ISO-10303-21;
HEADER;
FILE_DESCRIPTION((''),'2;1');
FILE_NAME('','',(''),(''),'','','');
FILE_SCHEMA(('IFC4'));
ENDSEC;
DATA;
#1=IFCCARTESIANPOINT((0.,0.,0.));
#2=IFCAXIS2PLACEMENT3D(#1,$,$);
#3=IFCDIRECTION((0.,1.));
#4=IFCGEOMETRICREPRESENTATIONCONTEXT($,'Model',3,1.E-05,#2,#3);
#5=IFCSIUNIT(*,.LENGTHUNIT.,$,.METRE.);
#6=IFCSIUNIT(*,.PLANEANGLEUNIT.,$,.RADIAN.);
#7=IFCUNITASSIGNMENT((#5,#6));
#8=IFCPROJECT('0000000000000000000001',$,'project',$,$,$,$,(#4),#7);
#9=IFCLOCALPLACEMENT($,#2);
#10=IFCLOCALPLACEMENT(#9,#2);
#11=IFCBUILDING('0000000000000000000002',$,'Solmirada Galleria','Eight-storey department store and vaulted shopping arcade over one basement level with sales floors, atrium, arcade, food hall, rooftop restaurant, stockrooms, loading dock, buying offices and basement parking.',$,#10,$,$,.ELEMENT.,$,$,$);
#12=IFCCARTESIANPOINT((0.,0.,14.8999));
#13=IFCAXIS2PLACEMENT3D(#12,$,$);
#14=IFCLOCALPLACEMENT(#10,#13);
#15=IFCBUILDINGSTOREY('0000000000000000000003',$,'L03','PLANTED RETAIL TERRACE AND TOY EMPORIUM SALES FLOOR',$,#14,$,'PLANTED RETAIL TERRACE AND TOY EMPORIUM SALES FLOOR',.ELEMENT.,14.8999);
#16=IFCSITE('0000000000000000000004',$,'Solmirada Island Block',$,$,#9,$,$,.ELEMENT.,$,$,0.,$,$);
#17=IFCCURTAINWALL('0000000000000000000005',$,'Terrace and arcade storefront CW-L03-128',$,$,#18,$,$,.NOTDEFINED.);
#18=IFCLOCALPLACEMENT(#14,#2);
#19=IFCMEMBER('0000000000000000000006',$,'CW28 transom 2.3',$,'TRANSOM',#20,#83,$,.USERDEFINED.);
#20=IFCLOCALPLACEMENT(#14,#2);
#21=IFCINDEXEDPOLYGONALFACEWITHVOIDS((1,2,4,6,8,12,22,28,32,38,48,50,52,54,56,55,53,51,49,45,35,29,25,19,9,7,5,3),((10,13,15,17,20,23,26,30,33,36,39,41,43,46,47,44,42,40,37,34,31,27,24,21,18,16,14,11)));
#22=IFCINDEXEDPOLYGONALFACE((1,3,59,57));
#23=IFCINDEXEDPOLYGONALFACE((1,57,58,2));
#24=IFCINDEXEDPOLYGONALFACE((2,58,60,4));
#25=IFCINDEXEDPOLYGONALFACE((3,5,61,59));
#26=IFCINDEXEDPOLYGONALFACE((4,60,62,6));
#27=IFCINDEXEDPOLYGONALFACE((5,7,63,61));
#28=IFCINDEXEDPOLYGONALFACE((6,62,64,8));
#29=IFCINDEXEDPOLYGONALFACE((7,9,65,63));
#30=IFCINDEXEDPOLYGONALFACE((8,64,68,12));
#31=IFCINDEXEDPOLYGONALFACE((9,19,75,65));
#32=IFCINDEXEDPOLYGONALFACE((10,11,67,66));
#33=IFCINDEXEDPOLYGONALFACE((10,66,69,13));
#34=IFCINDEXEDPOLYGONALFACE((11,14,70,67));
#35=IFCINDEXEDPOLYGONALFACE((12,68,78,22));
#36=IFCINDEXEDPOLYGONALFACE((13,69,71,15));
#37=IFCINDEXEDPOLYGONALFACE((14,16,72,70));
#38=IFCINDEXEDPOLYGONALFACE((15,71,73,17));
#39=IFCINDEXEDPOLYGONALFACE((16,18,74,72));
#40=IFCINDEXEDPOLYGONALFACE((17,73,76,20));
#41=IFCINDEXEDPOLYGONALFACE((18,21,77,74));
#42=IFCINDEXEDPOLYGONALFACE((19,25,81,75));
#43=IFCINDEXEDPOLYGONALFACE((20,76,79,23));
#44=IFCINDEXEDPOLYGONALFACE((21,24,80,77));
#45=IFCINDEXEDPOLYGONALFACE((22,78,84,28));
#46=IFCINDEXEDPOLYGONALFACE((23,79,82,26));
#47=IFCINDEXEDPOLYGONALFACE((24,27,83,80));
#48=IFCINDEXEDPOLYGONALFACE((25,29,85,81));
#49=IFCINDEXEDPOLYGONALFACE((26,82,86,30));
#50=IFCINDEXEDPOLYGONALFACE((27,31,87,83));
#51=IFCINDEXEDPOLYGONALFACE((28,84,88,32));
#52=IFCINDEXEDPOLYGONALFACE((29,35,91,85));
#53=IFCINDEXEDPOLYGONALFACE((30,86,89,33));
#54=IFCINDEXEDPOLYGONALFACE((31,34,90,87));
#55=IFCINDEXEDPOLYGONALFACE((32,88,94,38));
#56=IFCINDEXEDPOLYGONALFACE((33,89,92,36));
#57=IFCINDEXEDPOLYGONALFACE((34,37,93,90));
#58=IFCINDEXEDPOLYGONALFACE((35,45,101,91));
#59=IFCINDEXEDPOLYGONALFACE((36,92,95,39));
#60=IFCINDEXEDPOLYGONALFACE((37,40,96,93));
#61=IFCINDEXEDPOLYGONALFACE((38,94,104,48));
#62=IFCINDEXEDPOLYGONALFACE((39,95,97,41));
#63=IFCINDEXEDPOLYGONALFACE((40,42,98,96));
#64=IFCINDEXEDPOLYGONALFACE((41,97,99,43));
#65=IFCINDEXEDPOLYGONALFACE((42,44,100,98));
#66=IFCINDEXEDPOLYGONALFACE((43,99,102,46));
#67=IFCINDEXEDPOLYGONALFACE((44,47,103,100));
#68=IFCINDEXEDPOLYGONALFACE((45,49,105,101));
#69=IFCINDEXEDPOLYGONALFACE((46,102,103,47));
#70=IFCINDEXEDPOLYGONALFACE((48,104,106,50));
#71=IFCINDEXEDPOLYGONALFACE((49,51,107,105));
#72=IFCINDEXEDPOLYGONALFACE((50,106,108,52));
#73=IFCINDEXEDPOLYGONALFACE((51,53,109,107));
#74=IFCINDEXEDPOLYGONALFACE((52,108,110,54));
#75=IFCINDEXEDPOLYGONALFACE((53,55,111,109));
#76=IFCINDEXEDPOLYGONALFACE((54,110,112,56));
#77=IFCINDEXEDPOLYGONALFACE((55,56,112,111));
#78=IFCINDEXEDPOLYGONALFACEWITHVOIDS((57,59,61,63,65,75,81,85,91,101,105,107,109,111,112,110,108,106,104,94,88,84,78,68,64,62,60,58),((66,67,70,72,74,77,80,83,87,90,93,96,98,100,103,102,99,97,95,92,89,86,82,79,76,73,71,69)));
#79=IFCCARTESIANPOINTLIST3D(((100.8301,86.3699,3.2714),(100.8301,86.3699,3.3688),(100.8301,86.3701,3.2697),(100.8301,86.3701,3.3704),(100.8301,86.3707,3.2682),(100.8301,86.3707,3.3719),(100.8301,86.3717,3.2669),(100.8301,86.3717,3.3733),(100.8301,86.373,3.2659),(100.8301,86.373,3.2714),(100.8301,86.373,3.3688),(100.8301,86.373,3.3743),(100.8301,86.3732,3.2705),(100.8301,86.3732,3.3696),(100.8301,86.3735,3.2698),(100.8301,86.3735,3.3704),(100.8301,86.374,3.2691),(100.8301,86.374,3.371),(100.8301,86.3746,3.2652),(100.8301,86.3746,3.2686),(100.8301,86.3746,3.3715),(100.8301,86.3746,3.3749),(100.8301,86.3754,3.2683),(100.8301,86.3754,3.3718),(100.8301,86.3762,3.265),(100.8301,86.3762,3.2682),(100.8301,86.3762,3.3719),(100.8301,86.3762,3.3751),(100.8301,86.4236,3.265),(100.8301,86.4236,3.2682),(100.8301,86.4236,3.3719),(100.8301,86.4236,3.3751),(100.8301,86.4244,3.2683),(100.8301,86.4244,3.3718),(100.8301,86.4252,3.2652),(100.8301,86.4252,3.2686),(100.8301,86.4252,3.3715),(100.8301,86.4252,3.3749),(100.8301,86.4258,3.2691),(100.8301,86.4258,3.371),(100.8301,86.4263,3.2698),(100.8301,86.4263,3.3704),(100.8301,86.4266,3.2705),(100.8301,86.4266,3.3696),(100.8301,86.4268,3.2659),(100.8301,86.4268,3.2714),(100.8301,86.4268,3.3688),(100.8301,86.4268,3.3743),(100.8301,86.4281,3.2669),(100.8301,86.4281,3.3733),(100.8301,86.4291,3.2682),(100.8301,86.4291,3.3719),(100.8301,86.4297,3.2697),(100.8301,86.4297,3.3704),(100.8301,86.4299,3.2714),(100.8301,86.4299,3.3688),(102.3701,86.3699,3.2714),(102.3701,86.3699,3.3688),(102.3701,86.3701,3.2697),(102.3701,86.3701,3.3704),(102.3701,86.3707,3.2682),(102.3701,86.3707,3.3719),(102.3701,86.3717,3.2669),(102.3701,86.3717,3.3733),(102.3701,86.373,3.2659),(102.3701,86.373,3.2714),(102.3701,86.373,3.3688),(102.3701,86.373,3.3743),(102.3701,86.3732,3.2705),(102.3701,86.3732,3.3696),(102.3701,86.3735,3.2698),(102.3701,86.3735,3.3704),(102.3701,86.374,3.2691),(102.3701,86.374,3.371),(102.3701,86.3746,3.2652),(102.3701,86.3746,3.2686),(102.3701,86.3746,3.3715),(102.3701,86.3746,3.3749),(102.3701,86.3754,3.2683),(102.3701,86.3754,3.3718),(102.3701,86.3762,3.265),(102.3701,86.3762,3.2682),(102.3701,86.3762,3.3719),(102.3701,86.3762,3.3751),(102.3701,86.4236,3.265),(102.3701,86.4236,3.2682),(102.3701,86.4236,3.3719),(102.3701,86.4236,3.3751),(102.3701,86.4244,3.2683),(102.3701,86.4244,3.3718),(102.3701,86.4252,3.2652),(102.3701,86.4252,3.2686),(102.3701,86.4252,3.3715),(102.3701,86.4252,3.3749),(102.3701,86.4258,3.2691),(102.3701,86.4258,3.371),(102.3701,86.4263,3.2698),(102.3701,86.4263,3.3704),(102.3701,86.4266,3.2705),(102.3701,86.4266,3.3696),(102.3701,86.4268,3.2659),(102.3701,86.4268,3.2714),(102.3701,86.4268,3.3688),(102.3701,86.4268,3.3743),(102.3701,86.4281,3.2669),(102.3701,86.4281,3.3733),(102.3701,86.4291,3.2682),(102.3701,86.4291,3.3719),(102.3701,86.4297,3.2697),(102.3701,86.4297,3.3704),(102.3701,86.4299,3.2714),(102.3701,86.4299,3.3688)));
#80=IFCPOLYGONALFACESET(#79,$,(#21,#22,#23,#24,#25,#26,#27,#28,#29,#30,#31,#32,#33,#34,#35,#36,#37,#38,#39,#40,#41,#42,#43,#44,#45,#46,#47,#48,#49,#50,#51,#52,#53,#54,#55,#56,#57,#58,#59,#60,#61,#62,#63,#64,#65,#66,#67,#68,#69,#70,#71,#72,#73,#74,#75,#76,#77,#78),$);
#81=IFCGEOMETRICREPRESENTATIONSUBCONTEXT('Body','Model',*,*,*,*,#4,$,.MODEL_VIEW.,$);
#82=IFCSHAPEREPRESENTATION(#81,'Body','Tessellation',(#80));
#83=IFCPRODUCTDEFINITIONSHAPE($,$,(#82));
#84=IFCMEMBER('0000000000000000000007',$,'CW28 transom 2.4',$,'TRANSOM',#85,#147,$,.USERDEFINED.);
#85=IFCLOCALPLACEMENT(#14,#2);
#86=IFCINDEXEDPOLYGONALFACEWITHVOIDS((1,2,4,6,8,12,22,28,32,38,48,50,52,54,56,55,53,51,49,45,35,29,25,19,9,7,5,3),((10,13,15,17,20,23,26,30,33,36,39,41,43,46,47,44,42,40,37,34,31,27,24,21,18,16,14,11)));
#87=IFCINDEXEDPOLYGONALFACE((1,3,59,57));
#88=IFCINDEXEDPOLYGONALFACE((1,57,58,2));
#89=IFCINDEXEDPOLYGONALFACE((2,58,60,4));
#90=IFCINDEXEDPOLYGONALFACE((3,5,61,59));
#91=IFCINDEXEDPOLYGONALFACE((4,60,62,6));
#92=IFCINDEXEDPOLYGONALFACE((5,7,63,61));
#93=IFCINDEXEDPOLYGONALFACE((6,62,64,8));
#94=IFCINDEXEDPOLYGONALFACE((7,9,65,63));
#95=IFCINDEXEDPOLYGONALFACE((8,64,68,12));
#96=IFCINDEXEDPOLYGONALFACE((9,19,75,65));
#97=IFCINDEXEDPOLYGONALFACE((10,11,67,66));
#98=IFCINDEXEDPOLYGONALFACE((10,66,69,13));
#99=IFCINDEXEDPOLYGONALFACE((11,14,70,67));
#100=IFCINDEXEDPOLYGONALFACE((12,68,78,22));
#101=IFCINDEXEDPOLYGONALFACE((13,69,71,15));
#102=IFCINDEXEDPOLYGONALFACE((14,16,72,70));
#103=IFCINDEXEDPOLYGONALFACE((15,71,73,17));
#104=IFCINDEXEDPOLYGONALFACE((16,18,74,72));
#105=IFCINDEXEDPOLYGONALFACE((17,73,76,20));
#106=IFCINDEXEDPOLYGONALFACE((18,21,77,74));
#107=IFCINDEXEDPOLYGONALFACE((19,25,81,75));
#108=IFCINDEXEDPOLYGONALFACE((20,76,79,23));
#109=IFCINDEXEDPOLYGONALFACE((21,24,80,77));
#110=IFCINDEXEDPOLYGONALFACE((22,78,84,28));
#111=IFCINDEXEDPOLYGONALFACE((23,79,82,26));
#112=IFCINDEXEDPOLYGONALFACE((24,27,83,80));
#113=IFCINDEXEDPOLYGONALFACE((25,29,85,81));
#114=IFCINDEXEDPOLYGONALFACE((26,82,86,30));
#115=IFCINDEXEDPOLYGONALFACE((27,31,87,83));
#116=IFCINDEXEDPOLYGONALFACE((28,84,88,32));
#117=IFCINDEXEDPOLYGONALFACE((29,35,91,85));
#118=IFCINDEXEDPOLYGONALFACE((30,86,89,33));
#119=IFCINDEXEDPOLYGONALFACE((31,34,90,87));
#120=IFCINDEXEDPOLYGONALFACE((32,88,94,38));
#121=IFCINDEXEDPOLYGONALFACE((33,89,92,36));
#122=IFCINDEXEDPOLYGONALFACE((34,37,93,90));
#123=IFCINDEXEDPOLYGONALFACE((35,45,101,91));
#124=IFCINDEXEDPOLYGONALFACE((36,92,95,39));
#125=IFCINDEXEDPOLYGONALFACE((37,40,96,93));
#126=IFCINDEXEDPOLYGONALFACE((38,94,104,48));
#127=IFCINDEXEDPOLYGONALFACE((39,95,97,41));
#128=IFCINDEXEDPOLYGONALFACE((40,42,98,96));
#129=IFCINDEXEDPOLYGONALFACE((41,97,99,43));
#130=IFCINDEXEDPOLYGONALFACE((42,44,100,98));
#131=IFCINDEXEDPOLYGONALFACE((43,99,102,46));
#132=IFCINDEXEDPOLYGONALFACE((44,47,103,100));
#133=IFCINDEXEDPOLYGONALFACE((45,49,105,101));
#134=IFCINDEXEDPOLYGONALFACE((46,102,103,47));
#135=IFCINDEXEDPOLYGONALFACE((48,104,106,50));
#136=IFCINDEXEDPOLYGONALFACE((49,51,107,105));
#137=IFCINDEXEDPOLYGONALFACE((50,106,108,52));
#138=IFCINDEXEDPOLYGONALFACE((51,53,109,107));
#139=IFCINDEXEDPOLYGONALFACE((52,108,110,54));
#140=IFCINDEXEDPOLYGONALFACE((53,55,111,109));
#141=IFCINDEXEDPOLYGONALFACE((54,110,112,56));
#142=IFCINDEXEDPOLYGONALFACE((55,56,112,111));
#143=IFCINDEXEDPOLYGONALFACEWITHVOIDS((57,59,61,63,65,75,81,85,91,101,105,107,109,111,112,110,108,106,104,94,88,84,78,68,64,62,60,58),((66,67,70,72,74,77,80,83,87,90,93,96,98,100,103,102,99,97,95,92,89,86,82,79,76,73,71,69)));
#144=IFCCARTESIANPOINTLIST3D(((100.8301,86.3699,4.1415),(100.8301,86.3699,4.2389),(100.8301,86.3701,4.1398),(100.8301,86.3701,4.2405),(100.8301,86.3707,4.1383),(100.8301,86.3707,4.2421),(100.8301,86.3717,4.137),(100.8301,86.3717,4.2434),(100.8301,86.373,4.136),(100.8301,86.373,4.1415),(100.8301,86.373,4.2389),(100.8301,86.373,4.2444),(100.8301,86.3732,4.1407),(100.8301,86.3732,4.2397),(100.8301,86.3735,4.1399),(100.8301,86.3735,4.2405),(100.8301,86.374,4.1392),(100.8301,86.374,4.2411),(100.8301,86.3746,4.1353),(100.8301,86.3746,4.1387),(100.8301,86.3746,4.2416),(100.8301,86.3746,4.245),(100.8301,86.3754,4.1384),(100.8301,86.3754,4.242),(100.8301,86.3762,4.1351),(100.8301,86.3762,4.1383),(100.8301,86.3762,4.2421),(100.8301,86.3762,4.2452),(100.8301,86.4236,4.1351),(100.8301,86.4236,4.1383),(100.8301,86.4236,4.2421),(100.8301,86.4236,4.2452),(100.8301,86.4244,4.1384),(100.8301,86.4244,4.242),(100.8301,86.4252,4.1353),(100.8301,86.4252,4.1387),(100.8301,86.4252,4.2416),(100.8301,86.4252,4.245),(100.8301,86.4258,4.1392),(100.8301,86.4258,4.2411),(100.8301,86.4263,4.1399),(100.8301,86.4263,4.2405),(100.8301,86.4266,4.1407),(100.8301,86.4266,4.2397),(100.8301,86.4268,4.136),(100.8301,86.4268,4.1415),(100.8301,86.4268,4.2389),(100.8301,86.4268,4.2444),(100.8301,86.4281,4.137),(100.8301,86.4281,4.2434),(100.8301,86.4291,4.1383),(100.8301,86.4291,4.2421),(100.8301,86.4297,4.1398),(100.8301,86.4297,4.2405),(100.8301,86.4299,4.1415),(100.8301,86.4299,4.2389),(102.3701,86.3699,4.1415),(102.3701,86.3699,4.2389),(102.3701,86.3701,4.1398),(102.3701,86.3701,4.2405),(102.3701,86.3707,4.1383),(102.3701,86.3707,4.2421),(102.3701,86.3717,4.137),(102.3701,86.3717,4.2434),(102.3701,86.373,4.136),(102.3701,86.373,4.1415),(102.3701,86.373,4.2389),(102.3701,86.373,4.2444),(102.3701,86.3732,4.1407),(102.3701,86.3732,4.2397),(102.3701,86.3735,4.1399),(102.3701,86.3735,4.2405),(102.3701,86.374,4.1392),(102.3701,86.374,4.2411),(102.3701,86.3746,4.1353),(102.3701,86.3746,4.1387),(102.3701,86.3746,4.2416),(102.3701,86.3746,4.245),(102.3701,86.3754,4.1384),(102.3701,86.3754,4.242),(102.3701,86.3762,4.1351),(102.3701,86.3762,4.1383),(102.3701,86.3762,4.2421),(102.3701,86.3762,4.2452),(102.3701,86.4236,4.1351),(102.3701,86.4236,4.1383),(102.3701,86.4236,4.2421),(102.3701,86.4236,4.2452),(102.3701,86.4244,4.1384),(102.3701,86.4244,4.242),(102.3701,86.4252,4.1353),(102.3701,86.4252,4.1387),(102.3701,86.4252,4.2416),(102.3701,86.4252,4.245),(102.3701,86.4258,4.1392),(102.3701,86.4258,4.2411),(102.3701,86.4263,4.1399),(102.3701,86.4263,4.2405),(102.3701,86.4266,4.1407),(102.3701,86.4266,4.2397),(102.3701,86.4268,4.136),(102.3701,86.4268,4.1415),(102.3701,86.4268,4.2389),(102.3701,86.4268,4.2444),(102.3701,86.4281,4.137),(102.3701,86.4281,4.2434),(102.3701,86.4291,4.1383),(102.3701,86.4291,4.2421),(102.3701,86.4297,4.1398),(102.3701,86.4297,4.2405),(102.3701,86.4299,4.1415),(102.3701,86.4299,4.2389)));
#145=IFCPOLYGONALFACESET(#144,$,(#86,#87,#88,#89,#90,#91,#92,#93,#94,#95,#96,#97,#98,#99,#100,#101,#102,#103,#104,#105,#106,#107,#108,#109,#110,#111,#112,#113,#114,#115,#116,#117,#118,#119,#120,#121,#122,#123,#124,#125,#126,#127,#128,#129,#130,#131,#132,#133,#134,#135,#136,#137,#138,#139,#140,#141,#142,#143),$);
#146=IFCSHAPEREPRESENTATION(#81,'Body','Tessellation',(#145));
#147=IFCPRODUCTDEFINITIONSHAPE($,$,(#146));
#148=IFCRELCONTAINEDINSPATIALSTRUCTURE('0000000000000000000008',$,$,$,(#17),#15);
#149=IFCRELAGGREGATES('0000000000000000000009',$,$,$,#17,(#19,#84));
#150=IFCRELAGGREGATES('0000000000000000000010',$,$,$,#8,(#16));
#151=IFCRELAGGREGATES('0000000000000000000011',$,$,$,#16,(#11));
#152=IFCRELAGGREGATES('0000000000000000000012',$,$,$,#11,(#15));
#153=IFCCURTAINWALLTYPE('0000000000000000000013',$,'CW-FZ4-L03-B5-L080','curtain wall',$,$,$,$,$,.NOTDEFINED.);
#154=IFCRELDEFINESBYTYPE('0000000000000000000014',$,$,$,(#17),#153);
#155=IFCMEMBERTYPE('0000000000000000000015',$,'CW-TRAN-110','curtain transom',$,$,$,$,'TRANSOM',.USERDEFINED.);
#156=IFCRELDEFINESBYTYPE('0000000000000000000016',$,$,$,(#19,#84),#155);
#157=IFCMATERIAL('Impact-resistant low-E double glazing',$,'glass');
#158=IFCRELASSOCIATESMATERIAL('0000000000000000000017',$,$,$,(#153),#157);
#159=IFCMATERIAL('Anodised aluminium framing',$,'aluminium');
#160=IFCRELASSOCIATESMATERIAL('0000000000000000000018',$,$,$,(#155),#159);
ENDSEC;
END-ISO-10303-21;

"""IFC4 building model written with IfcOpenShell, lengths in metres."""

from ifc_helpers import new_model, si_unit, direction, frame, origin, origin_2d, place, context, subcontext, project, spatial, hollow_rectangle, extrude, material, material_profile, profile_set, type_object, element, aggregate, save


model = new_model("IFC4")

# Units and contexts
model_context = context("Model", 3, precision=1e-05, world=origin(), true_north=direction((0.0, 1.0)))
body_context = subcontext(model_context, "Body", "Model", "MODEL_VIEW")
ifc_project = project(units=[si_unit("LENGTHUNIT", "METRE"), si_unit("PLANEANGLEUNIT", "RADIAN")], contexts=[model_context])

# Site, building, storey
site_placement = place(None, origin())
site = spatial("IfcSite", under=ifc_project, at=site_placement, Name="Solmirada Island Block", CompositionType="ELEMENT", RefElevation=0.0)
building_placement = place(site_placement, origin())
building = spatial("IfcBuilding", under=site, at=building_placement, Name="Solmirada Galleria", Description="Eight-storey department store and vaulted shopping arcade over one basement level with sales floors, atrium, arcade, food hall, rooftop restaurant, stockrooms, loading dock, buying offices and basement parking.", CompositionType="ELEMENT")
storey_placement = place(building_placement, frame((0.0, 0.0, 14.8999)))
storey = spatial("IfcBuildingStorey", under=building, at=storey_placement, Name="L03", Description="PLANTED RETAIL TERRACE AND TOY EMPORIUM SALES FLOOR", LongName="PLANTED RETAIL TERRACE AND TOY EMPORIUM SALES FLOOR", CompositionType="ELEMENT", Elevation=14.8999)

# Curtain wall, members
ifc_material_1 = material(Name="Impact-resistant low-E double glazing", Category="glass")
curtain_wall_type = type_object("IfcCurtainWallType", Name="CW-FZ4-L03-B5-L080", Description="curtain wall", PredefinedType="NOTDEFINED", material=ifc_material_1)
curtain_wall_placement = place(storey_placement, origin())
curtain_wall = element("IfcCurtainWall", 1, at=curtain_wall_placement, inside=storey, type_object=curtain_wall_type, Name="Terrace and arcade storefront CW-L03-128", PredefinedType="NOTDEFINED")
ifc_material_2 = material(Name="Anodised aluminium framing", Category="aluminium")
ifc_material_profile_1 = material_profile(ifc_material_2, hollow_rectangle(XDim=0.0601, YDim=0.1101, WallThickness=0.0032, InnerFilletRadius=0.0032, OuterFilletRadius=0.0063, at=origin_2d()), Name="ALU-TRAN-110X60")
ifc_profile_set_1 = profile_set([ifc_material_profile_1], Name="Anodised aluminium framing")
member_type_1 = type_object("IfcMemberType", Name="CW-TRAN-110", Description="curtain transom", ElementType="TRANSOM", PredefinedType="USERDEFINED", material=ifc_profile_set_1)
member_1_placement = place(storey_placement, frame((102.3701, 86.3999, 3.3201), z_axis=(-1.0, 0.0, 0.0), x_axis=(0.0, -1.0, 0.0)))
member_1 = element("IfcMember", 2, at=member_1_placement, type_object=member_type_1, Name="CW28 transom 2.3", ObjectType="TRANSOM", PredefinedType="USERDEFINED", context=body_context, shape_type="SweptSolid", body=[
    extrude(hollow_rectangle(XDim=0.0601, YDim=0.1101, WallThickness=0.0032, InnerFilletRadius=0.0032, OuterFilletRadius=0.0063, at=origin_2d()), origin(), (0.0, 0.0, 1.0), 1.54),
])
member_2_placement = place(storey_placement, frame((102.3701, 86.3999, 4.1902), z_axis=(-1.0, 0.0, 0.0), x_axis=(0.0, -1.0, 0.0)))
member_2 = element("IfcMember", 3, at=member_2_placement, type_object=member_type_1, Name="CW28 transom 2.4", ObjectType="TRANSOM", PredefinedType="USERDEFINED", context=body_context, shape_type="SweptSolid", body=[
    extrude(hollow_rectangle(XDim=0.0601, YDim=0.1101, WallThickness=0.0032, InnerFilletRadius=0.0032, OuterFilletRadius=0.0063, at=origin_2d()), origin(), (0.0, 0.0, 1.0), 1.54),
])
aggregate(curtain_wall, [member_1, member_2])

save(model, "model.ifc")
